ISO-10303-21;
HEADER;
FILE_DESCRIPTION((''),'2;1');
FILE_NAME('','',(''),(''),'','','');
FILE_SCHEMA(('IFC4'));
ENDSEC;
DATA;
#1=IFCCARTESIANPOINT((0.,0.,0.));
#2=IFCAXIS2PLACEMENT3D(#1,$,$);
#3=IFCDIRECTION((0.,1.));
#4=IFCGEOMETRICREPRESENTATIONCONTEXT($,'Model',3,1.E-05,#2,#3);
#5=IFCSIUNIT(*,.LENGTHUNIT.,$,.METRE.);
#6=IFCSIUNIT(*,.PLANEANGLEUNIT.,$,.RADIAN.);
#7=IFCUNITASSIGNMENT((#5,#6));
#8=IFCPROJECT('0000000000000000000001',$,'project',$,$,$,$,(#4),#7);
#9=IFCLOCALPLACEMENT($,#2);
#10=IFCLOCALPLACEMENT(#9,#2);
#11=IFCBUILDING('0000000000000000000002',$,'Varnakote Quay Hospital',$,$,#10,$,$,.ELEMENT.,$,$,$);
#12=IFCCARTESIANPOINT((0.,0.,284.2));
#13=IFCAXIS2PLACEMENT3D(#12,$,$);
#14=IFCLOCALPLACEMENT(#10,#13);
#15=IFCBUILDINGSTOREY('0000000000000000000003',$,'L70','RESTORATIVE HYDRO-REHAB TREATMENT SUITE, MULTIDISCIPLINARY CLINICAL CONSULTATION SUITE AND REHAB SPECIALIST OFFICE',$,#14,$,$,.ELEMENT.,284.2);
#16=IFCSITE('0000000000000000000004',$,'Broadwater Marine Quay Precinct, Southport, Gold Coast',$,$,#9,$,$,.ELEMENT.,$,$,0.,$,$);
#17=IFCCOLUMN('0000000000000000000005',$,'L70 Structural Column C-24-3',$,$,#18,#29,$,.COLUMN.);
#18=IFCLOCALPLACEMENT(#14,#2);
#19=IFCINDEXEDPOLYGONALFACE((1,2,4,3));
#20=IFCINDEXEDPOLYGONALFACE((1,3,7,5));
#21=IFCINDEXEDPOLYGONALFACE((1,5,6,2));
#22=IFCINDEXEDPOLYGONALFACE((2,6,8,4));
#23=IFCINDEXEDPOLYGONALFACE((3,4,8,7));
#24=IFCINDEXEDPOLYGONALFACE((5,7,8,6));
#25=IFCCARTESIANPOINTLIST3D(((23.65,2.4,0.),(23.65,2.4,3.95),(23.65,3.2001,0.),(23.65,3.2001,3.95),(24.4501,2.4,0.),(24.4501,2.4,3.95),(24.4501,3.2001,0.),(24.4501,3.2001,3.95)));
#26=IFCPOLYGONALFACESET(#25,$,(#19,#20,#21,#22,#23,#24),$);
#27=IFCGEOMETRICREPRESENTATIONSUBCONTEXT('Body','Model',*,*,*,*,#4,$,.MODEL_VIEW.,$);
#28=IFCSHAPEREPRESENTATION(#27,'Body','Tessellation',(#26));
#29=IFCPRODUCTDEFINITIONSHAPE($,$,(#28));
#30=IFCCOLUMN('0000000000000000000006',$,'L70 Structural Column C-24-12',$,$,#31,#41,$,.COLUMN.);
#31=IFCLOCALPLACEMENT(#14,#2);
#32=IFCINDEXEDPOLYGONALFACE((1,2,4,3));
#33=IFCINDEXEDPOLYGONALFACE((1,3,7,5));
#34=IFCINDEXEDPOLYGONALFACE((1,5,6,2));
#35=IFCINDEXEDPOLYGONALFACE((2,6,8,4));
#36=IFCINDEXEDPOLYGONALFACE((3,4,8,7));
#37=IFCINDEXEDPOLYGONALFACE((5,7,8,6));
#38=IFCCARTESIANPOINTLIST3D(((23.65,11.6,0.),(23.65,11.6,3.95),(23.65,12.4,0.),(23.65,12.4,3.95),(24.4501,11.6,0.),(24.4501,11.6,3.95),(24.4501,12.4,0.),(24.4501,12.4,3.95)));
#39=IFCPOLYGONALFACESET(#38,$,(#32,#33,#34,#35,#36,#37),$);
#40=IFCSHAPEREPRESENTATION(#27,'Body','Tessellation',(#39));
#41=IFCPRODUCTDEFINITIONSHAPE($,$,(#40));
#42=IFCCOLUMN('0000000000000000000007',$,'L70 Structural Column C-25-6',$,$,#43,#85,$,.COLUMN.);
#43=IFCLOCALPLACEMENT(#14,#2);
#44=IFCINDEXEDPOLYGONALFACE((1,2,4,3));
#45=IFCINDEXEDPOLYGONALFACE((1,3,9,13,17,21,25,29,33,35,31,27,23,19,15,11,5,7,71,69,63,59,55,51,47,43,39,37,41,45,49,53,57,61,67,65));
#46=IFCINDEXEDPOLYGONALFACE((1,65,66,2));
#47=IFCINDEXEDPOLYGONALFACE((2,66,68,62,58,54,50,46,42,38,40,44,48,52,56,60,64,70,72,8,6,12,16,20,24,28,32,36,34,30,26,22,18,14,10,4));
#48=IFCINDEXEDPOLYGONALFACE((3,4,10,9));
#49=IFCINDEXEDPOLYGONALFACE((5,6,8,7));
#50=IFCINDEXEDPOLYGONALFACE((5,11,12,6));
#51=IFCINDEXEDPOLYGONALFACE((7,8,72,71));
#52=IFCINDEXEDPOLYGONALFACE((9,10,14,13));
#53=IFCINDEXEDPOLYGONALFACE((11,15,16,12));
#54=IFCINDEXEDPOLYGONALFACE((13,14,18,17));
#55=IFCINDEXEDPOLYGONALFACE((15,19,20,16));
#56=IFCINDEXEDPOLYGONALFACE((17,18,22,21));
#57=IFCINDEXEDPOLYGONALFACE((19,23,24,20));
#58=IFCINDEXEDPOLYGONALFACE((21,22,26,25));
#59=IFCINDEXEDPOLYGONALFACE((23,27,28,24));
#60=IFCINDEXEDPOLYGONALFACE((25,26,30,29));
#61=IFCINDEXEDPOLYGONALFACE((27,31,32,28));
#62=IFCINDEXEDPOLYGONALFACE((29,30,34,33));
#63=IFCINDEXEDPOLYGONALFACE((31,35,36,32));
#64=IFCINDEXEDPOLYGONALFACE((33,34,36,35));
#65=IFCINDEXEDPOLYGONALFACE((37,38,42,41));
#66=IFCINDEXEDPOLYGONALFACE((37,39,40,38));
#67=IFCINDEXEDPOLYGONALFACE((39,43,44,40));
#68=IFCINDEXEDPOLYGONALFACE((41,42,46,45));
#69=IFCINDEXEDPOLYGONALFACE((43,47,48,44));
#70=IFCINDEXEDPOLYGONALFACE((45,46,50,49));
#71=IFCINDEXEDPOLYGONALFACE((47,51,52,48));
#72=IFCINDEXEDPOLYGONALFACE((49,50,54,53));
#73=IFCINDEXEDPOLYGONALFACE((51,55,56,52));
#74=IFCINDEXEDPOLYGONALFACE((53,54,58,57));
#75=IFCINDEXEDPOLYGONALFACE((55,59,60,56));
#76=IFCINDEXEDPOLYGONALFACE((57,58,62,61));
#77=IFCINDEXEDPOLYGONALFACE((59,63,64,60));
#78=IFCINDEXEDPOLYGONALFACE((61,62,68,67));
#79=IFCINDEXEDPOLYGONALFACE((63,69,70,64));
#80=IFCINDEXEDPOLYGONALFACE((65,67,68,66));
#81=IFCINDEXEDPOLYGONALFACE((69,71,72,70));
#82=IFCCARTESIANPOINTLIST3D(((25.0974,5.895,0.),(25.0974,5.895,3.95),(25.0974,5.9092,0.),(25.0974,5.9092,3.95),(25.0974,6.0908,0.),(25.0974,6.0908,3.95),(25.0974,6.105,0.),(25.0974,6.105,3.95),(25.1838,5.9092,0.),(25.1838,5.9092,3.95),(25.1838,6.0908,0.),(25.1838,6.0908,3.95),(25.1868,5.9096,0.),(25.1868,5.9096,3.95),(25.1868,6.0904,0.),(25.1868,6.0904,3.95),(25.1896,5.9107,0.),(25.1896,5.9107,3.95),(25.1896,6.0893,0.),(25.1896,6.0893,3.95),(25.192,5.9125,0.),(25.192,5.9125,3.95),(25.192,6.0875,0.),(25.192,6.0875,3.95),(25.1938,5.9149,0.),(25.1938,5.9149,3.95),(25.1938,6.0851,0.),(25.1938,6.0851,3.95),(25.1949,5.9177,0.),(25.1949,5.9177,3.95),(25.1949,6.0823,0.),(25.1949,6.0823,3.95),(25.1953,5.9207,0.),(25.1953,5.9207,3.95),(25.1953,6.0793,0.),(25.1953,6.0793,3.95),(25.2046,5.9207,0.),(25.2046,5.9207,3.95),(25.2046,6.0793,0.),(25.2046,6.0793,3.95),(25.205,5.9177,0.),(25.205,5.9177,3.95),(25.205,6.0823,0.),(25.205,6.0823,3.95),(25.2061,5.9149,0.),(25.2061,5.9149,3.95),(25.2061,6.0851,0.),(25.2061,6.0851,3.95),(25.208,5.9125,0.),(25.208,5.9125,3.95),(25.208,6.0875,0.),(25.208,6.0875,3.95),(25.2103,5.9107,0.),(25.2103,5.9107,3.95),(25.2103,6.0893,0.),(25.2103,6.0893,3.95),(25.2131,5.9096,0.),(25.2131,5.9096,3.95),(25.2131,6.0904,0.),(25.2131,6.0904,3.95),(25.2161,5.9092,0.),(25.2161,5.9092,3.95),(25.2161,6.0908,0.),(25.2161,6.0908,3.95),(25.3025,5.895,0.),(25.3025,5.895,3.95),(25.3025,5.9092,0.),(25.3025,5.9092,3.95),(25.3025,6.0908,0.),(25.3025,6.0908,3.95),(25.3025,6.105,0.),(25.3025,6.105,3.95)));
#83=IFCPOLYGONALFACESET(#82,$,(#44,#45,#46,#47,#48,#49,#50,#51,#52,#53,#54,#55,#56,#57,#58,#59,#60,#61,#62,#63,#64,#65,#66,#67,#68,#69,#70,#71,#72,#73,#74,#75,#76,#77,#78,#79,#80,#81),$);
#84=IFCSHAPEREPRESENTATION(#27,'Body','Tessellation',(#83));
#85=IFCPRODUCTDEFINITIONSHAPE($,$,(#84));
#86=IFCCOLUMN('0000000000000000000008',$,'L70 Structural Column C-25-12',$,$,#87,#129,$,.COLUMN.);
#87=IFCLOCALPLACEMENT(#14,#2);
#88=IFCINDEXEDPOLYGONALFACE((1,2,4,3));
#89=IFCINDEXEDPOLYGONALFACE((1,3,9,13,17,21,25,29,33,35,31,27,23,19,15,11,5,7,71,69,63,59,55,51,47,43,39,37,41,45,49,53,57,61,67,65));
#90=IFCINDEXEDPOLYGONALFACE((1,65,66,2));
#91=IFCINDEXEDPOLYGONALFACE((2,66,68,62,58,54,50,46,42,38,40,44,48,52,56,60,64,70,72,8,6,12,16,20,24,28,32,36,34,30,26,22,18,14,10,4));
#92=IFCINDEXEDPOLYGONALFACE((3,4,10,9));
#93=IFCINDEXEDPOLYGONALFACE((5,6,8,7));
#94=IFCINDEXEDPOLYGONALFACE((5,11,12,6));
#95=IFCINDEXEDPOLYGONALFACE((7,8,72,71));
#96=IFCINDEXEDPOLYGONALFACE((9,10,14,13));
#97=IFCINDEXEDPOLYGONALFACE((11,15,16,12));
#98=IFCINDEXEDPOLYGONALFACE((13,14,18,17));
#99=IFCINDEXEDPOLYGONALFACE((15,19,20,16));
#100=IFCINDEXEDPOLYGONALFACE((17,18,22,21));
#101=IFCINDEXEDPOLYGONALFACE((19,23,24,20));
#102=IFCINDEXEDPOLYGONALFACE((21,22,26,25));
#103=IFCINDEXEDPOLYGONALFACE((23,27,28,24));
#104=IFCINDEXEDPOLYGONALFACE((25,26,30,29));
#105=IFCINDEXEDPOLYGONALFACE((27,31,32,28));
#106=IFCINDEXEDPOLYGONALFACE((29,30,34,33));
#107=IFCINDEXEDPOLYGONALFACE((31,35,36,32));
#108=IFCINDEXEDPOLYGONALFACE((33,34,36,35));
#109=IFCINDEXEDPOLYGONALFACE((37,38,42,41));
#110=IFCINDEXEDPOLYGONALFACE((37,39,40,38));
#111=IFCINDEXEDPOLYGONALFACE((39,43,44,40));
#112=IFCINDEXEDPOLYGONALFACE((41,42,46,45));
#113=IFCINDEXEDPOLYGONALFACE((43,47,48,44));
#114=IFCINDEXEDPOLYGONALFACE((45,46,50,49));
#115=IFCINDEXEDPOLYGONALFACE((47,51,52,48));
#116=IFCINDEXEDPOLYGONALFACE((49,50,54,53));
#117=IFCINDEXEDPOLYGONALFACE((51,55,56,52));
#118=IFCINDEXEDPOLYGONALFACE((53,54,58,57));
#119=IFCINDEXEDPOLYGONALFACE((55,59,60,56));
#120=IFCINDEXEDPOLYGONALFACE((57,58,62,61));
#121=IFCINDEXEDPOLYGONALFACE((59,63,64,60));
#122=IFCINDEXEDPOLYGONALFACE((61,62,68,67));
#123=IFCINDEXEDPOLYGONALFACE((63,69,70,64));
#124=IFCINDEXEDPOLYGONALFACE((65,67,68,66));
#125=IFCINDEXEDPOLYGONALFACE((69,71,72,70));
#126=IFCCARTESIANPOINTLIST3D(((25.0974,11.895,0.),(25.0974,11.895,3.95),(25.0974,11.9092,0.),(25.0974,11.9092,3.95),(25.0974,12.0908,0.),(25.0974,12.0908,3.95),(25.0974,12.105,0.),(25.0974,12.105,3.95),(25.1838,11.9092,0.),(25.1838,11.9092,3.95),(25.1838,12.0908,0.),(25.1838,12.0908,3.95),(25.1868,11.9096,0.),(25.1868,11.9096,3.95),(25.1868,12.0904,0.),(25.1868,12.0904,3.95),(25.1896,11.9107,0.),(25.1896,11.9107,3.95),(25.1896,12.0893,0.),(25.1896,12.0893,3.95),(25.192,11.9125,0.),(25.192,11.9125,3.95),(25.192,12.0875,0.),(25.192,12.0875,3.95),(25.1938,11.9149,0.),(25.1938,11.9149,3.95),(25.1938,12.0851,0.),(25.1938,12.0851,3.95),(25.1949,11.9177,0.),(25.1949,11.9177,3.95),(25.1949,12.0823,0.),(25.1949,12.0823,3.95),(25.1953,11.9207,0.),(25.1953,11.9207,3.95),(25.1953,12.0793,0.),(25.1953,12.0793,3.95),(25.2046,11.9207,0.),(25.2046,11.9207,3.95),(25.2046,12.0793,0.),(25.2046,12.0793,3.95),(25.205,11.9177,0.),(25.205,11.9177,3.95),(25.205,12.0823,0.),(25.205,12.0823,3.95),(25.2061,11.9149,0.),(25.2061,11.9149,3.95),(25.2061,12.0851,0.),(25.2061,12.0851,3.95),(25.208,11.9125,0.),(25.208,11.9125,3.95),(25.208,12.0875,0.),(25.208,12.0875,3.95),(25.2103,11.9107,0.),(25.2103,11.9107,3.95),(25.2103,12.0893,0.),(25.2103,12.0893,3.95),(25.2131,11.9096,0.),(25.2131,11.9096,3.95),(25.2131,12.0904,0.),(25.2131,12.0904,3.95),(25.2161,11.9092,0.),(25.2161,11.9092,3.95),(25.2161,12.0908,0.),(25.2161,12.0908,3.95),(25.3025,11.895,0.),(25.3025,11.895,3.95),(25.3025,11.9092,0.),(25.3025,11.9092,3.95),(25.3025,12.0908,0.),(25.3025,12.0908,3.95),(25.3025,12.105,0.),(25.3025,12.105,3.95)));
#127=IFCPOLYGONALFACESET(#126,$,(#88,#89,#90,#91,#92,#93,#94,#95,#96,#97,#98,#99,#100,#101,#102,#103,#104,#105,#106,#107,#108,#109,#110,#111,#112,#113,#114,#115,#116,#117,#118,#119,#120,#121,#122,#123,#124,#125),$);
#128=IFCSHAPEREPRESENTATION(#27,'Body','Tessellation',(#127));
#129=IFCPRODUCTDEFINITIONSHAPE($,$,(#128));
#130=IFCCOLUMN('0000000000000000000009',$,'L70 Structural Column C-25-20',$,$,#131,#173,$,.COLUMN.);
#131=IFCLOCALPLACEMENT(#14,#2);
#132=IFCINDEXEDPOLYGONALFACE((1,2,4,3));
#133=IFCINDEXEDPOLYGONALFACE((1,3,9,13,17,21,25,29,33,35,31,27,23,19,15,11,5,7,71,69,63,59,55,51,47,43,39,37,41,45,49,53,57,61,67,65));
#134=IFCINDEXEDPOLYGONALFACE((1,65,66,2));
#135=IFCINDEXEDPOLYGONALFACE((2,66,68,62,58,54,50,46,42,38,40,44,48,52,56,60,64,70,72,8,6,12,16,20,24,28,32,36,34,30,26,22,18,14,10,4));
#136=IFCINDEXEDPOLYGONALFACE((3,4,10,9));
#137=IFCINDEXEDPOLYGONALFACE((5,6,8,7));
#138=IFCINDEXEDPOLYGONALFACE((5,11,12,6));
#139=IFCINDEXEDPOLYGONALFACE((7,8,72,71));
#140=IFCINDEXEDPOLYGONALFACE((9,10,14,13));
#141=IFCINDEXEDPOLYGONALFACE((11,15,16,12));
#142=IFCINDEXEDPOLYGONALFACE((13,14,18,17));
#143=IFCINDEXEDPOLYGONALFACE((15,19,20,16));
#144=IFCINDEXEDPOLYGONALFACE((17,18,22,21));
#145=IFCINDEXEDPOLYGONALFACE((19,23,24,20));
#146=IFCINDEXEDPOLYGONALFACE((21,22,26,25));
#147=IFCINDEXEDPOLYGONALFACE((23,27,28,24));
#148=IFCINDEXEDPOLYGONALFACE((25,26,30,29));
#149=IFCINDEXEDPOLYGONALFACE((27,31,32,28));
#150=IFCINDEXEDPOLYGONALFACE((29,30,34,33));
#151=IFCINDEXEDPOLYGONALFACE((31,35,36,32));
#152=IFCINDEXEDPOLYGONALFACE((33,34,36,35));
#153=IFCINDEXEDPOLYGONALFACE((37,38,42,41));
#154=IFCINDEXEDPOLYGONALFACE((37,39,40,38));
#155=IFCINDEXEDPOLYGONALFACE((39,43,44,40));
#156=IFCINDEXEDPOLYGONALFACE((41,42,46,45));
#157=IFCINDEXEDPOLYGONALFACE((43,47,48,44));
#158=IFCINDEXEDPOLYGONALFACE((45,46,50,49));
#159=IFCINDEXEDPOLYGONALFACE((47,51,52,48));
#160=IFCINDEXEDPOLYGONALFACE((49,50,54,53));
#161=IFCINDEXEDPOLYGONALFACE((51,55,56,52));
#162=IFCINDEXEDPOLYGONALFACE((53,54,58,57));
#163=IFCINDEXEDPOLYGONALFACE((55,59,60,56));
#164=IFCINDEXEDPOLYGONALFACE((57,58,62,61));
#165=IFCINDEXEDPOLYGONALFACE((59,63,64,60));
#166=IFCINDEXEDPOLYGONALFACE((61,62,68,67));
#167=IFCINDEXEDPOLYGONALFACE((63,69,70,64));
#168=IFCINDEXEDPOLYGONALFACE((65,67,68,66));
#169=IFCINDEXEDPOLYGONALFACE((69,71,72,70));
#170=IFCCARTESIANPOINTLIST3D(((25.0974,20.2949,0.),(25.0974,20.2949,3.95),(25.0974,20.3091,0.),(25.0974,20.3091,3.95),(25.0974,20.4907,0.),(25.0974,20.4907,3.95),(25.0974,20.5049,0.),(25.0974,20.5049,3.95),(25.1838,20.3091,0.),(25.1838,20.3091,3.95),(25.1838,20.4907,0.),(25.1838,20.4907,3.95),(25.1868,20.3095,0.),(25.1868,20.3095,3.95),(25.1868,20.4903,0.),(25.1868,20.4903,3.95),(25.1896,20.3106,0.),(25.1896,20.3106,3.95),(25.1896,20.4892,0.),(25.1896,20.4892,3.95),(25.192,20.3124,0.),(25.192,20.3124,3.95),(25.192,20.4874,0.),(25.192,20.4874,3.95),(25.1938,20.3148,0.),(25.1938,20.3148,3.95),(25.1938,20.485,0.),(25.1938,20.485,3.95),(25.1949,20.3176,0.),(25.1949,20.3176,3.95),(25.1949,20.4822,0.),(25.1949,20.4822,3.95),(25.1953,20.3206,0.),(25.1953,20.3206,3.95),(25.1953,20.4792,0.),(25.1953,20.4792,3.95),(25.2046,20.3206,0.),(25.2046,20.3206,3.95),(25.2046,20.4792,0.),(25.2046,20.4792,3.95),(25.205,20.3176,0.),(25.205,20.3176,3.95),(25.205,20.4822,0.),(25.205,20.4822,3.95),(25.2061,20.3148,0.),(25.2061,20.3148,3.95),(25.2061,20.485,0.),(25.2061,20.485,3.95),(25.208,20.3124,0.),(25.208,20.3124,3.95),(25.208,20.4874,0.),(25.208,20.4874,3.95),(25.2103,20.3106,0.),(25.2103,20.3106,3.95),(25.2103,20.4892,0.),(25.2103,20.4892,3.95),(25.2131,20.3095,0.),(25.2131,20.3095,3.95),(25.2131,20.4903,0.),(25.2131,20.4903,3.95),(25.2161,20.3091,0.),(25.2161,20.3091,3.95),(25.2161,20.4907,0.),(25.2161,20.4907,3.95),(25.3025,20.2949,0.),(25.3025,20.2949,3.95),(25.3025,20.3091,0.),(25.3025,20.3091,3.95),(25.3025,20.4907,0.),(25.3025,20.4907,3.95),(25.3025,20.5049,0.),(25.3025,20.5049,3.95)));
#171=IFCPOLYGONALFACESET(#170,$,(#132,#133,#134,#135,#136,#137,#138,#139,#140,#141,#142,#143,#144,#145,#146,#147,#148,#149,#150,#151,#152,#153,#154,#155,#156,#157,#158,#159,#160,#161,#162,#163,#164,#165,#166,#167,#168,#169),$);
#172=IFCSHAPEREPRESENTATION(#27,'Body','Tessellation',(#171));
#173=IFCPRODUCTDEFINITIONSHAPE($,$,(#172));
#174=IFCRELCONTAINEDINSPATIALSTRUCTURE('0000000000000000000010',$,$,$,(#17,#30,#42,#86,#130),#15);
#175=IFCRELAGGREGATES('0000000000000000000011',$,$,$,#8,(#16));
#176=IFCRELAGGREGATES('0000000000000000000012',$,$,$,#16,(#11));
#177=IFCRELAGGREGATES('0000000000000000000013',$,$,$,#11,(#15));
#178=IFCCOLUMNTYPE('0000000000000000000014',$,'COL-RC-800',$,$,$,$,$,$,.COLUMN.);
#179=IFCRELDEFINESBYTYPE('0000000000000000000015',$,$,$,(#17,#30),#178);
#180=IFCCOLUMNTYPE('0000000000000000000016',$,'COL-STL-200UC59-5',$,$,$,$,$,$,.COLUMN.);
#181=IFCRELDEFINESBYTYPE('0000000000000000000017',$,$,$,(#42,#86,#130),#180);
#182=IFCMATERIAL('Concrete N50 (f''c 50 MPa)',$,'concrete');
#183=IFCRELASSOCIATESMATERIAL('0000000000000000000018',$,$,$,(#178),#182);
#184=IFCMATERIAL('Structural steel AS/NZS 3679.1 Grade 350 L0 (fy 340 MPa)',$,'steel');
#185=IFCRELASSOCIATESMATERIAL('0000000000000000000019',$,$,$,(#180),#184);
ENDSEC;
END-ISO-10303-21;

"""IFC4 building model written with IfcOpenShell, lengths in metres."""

from ifc_helpers import new_model, si_unit, direction, frame, origin, origin_2d, place, context, subcontext, project, spatial, rectangle, i_section, extrude, material, material_profile, profile_set, type_object, element, save


model = new_model("IFC4")

# Units and contexts
model_context = context("Model", 3, precision=1e-05, world=origin(), true_north=direction((0.0, 1.0)))
body_context = subcontext(model_context, "Body", "Model", "MODEL_VIEW")
ifc_project = project(units=[si_unit("LENGTHUNIT", "METRE"), si_unit("PLANEANGLEUNIT", "RADIAN")], contexts=[model_context])

# Site, building, storey
site_placement = place(None, origin())
site = spatial("IfcSite", under=ifc_project, at=site_placement, Name="Broadwater Marine Quay Precinct, Southport, Gold Coast", CompositionType="ELEMENT", RefElevation=0.0)
building_placement = place(site_placement, origin())
building = spatial("IfcBuilding", under=site, at=building_placement, Name="Varnakote Quay Hospital", CompositionType="ELEMENT")
storey_placement = place(building_placement, frame((0.0, 0.0, 284.2)))
storey = spatial("IfcBuildingStorey", under=building, at=storey_placement, Name="L70", Description="RESTORATIVE HYDRO-REHAB TREATMENT SUITE, MULTIDISCIPLINARY CLINICAL CONSULTATION SUITE AND REHAB SPECIALIST OFFICE", CompositionType="ELEMENT", Elevation=284.2)

# Columns
ifc_material_1 = material(Name="Concrete N50 (f'c 50 MPa)", Category="concrete")
ifc_material_profile_1 = material_profile(ifc_material_1, rectangle(XDim=0.8, YDim=0.8, at=origin_2d()), Name="RC-COL-800x800")
ifc_profile_set_1 = profile_set([ifc_material_profile_1], Name="Concrete N50 (f'c 50 MPa)")
column_type_1 = type_object("IfcColumnType", Name="COL-RC-800", PredefinedType="COLUMN", material=ifc_profile_set_1)
for number, where, z_axis, x_axis, name in (
    (1, (24.05, 2.8, 0.0), (0.0, 0.0, 1.0), (1.0, 0.0, 0.0), "L70 Structural Column C-24-3"),
    (2, (24.05, 12.0, 0.0), (0.0, 0.0, 1.0), (1.0, 0.0, 0.0), "L70 Structural Column C-24-12"),
):
    element("IfcColumn", number, at=place(storey_placement, frame(where, z_axis=z_axis, x_axis=x_axis)), inside=storey, type_object=column_type_1, Name=name, PredefinedType="COLUMN", context=body_context, shape_type="SweptSolid", body=[
        extrude(rectangle(XDim=0.8, YDim=0.8, at=origin_2d()), origin(), (0.0, 0.0, 1.0), 3.95),
    ])
ifc_material_2 = material(Name="Structural steel AS/NZS 3679.1 Grade 350 L0 (fy 340 MPa)", Category="steel")
ifc_material_profile_2 = material_profile(ifc_material_2, i_section(OverallWidth=0.2051, OverallDepth=0.21, WebThickness=0.0093, FlangeThickness=0.0142, FilletRadius=0.0115, at=origin_2d()), Name="200UC59.5")
ifc_profile_set_2 = profile_set([ifc_material_profile_2], Name="Structural steel AS/NZS 3679.1 Grade 350 L0 (fy 340 MPa)")
column_type_2 = type_object("IfcColumnType", Name="COL-STL-200UC59-5", PredefinedType="COLUMN", material=ifc_profile_set_2)
for number, where, z_axis, x_axis, name in (
    (3, (25.2, 6.0, 0.0), (0.0, 0.0, 1.0), (1.0, 0.0, 0.0), "L70 Structural Column C-25-6"),
    (4, (25.2, 12.0, 0.0), (0.0, 0.0, 1.0), (1.0, 0.0, 0.0), "L70 Structural Column C-25-12"),
    (5, (25.2, 20.3999, 0.0), (0.0, 0.0, 1.0), (1.0, 0.0, 0.0), "L70 Structural Column C-25-20"),
):
    element("IfcColumn", number, at=place(storey_placement, frame(where, z_axis=z_axis, x_axis=x_axis)), inside=storey, type_object=column_type_2, Name=name, PredefinedType="COLUMN", context=body_context, shape_type="SweptSolid", body=[
        extrude(i_section(OverallWidth=0.2051, OverallDepth=0.21, WebThickness=0.0093, FlangeThickness=0.0142, FilletRadius=0.0115, at=origin_2d()), origin(), (0.0, 0.0, 1.0), 3.95),
    ])

save(model, "model.ifc")
